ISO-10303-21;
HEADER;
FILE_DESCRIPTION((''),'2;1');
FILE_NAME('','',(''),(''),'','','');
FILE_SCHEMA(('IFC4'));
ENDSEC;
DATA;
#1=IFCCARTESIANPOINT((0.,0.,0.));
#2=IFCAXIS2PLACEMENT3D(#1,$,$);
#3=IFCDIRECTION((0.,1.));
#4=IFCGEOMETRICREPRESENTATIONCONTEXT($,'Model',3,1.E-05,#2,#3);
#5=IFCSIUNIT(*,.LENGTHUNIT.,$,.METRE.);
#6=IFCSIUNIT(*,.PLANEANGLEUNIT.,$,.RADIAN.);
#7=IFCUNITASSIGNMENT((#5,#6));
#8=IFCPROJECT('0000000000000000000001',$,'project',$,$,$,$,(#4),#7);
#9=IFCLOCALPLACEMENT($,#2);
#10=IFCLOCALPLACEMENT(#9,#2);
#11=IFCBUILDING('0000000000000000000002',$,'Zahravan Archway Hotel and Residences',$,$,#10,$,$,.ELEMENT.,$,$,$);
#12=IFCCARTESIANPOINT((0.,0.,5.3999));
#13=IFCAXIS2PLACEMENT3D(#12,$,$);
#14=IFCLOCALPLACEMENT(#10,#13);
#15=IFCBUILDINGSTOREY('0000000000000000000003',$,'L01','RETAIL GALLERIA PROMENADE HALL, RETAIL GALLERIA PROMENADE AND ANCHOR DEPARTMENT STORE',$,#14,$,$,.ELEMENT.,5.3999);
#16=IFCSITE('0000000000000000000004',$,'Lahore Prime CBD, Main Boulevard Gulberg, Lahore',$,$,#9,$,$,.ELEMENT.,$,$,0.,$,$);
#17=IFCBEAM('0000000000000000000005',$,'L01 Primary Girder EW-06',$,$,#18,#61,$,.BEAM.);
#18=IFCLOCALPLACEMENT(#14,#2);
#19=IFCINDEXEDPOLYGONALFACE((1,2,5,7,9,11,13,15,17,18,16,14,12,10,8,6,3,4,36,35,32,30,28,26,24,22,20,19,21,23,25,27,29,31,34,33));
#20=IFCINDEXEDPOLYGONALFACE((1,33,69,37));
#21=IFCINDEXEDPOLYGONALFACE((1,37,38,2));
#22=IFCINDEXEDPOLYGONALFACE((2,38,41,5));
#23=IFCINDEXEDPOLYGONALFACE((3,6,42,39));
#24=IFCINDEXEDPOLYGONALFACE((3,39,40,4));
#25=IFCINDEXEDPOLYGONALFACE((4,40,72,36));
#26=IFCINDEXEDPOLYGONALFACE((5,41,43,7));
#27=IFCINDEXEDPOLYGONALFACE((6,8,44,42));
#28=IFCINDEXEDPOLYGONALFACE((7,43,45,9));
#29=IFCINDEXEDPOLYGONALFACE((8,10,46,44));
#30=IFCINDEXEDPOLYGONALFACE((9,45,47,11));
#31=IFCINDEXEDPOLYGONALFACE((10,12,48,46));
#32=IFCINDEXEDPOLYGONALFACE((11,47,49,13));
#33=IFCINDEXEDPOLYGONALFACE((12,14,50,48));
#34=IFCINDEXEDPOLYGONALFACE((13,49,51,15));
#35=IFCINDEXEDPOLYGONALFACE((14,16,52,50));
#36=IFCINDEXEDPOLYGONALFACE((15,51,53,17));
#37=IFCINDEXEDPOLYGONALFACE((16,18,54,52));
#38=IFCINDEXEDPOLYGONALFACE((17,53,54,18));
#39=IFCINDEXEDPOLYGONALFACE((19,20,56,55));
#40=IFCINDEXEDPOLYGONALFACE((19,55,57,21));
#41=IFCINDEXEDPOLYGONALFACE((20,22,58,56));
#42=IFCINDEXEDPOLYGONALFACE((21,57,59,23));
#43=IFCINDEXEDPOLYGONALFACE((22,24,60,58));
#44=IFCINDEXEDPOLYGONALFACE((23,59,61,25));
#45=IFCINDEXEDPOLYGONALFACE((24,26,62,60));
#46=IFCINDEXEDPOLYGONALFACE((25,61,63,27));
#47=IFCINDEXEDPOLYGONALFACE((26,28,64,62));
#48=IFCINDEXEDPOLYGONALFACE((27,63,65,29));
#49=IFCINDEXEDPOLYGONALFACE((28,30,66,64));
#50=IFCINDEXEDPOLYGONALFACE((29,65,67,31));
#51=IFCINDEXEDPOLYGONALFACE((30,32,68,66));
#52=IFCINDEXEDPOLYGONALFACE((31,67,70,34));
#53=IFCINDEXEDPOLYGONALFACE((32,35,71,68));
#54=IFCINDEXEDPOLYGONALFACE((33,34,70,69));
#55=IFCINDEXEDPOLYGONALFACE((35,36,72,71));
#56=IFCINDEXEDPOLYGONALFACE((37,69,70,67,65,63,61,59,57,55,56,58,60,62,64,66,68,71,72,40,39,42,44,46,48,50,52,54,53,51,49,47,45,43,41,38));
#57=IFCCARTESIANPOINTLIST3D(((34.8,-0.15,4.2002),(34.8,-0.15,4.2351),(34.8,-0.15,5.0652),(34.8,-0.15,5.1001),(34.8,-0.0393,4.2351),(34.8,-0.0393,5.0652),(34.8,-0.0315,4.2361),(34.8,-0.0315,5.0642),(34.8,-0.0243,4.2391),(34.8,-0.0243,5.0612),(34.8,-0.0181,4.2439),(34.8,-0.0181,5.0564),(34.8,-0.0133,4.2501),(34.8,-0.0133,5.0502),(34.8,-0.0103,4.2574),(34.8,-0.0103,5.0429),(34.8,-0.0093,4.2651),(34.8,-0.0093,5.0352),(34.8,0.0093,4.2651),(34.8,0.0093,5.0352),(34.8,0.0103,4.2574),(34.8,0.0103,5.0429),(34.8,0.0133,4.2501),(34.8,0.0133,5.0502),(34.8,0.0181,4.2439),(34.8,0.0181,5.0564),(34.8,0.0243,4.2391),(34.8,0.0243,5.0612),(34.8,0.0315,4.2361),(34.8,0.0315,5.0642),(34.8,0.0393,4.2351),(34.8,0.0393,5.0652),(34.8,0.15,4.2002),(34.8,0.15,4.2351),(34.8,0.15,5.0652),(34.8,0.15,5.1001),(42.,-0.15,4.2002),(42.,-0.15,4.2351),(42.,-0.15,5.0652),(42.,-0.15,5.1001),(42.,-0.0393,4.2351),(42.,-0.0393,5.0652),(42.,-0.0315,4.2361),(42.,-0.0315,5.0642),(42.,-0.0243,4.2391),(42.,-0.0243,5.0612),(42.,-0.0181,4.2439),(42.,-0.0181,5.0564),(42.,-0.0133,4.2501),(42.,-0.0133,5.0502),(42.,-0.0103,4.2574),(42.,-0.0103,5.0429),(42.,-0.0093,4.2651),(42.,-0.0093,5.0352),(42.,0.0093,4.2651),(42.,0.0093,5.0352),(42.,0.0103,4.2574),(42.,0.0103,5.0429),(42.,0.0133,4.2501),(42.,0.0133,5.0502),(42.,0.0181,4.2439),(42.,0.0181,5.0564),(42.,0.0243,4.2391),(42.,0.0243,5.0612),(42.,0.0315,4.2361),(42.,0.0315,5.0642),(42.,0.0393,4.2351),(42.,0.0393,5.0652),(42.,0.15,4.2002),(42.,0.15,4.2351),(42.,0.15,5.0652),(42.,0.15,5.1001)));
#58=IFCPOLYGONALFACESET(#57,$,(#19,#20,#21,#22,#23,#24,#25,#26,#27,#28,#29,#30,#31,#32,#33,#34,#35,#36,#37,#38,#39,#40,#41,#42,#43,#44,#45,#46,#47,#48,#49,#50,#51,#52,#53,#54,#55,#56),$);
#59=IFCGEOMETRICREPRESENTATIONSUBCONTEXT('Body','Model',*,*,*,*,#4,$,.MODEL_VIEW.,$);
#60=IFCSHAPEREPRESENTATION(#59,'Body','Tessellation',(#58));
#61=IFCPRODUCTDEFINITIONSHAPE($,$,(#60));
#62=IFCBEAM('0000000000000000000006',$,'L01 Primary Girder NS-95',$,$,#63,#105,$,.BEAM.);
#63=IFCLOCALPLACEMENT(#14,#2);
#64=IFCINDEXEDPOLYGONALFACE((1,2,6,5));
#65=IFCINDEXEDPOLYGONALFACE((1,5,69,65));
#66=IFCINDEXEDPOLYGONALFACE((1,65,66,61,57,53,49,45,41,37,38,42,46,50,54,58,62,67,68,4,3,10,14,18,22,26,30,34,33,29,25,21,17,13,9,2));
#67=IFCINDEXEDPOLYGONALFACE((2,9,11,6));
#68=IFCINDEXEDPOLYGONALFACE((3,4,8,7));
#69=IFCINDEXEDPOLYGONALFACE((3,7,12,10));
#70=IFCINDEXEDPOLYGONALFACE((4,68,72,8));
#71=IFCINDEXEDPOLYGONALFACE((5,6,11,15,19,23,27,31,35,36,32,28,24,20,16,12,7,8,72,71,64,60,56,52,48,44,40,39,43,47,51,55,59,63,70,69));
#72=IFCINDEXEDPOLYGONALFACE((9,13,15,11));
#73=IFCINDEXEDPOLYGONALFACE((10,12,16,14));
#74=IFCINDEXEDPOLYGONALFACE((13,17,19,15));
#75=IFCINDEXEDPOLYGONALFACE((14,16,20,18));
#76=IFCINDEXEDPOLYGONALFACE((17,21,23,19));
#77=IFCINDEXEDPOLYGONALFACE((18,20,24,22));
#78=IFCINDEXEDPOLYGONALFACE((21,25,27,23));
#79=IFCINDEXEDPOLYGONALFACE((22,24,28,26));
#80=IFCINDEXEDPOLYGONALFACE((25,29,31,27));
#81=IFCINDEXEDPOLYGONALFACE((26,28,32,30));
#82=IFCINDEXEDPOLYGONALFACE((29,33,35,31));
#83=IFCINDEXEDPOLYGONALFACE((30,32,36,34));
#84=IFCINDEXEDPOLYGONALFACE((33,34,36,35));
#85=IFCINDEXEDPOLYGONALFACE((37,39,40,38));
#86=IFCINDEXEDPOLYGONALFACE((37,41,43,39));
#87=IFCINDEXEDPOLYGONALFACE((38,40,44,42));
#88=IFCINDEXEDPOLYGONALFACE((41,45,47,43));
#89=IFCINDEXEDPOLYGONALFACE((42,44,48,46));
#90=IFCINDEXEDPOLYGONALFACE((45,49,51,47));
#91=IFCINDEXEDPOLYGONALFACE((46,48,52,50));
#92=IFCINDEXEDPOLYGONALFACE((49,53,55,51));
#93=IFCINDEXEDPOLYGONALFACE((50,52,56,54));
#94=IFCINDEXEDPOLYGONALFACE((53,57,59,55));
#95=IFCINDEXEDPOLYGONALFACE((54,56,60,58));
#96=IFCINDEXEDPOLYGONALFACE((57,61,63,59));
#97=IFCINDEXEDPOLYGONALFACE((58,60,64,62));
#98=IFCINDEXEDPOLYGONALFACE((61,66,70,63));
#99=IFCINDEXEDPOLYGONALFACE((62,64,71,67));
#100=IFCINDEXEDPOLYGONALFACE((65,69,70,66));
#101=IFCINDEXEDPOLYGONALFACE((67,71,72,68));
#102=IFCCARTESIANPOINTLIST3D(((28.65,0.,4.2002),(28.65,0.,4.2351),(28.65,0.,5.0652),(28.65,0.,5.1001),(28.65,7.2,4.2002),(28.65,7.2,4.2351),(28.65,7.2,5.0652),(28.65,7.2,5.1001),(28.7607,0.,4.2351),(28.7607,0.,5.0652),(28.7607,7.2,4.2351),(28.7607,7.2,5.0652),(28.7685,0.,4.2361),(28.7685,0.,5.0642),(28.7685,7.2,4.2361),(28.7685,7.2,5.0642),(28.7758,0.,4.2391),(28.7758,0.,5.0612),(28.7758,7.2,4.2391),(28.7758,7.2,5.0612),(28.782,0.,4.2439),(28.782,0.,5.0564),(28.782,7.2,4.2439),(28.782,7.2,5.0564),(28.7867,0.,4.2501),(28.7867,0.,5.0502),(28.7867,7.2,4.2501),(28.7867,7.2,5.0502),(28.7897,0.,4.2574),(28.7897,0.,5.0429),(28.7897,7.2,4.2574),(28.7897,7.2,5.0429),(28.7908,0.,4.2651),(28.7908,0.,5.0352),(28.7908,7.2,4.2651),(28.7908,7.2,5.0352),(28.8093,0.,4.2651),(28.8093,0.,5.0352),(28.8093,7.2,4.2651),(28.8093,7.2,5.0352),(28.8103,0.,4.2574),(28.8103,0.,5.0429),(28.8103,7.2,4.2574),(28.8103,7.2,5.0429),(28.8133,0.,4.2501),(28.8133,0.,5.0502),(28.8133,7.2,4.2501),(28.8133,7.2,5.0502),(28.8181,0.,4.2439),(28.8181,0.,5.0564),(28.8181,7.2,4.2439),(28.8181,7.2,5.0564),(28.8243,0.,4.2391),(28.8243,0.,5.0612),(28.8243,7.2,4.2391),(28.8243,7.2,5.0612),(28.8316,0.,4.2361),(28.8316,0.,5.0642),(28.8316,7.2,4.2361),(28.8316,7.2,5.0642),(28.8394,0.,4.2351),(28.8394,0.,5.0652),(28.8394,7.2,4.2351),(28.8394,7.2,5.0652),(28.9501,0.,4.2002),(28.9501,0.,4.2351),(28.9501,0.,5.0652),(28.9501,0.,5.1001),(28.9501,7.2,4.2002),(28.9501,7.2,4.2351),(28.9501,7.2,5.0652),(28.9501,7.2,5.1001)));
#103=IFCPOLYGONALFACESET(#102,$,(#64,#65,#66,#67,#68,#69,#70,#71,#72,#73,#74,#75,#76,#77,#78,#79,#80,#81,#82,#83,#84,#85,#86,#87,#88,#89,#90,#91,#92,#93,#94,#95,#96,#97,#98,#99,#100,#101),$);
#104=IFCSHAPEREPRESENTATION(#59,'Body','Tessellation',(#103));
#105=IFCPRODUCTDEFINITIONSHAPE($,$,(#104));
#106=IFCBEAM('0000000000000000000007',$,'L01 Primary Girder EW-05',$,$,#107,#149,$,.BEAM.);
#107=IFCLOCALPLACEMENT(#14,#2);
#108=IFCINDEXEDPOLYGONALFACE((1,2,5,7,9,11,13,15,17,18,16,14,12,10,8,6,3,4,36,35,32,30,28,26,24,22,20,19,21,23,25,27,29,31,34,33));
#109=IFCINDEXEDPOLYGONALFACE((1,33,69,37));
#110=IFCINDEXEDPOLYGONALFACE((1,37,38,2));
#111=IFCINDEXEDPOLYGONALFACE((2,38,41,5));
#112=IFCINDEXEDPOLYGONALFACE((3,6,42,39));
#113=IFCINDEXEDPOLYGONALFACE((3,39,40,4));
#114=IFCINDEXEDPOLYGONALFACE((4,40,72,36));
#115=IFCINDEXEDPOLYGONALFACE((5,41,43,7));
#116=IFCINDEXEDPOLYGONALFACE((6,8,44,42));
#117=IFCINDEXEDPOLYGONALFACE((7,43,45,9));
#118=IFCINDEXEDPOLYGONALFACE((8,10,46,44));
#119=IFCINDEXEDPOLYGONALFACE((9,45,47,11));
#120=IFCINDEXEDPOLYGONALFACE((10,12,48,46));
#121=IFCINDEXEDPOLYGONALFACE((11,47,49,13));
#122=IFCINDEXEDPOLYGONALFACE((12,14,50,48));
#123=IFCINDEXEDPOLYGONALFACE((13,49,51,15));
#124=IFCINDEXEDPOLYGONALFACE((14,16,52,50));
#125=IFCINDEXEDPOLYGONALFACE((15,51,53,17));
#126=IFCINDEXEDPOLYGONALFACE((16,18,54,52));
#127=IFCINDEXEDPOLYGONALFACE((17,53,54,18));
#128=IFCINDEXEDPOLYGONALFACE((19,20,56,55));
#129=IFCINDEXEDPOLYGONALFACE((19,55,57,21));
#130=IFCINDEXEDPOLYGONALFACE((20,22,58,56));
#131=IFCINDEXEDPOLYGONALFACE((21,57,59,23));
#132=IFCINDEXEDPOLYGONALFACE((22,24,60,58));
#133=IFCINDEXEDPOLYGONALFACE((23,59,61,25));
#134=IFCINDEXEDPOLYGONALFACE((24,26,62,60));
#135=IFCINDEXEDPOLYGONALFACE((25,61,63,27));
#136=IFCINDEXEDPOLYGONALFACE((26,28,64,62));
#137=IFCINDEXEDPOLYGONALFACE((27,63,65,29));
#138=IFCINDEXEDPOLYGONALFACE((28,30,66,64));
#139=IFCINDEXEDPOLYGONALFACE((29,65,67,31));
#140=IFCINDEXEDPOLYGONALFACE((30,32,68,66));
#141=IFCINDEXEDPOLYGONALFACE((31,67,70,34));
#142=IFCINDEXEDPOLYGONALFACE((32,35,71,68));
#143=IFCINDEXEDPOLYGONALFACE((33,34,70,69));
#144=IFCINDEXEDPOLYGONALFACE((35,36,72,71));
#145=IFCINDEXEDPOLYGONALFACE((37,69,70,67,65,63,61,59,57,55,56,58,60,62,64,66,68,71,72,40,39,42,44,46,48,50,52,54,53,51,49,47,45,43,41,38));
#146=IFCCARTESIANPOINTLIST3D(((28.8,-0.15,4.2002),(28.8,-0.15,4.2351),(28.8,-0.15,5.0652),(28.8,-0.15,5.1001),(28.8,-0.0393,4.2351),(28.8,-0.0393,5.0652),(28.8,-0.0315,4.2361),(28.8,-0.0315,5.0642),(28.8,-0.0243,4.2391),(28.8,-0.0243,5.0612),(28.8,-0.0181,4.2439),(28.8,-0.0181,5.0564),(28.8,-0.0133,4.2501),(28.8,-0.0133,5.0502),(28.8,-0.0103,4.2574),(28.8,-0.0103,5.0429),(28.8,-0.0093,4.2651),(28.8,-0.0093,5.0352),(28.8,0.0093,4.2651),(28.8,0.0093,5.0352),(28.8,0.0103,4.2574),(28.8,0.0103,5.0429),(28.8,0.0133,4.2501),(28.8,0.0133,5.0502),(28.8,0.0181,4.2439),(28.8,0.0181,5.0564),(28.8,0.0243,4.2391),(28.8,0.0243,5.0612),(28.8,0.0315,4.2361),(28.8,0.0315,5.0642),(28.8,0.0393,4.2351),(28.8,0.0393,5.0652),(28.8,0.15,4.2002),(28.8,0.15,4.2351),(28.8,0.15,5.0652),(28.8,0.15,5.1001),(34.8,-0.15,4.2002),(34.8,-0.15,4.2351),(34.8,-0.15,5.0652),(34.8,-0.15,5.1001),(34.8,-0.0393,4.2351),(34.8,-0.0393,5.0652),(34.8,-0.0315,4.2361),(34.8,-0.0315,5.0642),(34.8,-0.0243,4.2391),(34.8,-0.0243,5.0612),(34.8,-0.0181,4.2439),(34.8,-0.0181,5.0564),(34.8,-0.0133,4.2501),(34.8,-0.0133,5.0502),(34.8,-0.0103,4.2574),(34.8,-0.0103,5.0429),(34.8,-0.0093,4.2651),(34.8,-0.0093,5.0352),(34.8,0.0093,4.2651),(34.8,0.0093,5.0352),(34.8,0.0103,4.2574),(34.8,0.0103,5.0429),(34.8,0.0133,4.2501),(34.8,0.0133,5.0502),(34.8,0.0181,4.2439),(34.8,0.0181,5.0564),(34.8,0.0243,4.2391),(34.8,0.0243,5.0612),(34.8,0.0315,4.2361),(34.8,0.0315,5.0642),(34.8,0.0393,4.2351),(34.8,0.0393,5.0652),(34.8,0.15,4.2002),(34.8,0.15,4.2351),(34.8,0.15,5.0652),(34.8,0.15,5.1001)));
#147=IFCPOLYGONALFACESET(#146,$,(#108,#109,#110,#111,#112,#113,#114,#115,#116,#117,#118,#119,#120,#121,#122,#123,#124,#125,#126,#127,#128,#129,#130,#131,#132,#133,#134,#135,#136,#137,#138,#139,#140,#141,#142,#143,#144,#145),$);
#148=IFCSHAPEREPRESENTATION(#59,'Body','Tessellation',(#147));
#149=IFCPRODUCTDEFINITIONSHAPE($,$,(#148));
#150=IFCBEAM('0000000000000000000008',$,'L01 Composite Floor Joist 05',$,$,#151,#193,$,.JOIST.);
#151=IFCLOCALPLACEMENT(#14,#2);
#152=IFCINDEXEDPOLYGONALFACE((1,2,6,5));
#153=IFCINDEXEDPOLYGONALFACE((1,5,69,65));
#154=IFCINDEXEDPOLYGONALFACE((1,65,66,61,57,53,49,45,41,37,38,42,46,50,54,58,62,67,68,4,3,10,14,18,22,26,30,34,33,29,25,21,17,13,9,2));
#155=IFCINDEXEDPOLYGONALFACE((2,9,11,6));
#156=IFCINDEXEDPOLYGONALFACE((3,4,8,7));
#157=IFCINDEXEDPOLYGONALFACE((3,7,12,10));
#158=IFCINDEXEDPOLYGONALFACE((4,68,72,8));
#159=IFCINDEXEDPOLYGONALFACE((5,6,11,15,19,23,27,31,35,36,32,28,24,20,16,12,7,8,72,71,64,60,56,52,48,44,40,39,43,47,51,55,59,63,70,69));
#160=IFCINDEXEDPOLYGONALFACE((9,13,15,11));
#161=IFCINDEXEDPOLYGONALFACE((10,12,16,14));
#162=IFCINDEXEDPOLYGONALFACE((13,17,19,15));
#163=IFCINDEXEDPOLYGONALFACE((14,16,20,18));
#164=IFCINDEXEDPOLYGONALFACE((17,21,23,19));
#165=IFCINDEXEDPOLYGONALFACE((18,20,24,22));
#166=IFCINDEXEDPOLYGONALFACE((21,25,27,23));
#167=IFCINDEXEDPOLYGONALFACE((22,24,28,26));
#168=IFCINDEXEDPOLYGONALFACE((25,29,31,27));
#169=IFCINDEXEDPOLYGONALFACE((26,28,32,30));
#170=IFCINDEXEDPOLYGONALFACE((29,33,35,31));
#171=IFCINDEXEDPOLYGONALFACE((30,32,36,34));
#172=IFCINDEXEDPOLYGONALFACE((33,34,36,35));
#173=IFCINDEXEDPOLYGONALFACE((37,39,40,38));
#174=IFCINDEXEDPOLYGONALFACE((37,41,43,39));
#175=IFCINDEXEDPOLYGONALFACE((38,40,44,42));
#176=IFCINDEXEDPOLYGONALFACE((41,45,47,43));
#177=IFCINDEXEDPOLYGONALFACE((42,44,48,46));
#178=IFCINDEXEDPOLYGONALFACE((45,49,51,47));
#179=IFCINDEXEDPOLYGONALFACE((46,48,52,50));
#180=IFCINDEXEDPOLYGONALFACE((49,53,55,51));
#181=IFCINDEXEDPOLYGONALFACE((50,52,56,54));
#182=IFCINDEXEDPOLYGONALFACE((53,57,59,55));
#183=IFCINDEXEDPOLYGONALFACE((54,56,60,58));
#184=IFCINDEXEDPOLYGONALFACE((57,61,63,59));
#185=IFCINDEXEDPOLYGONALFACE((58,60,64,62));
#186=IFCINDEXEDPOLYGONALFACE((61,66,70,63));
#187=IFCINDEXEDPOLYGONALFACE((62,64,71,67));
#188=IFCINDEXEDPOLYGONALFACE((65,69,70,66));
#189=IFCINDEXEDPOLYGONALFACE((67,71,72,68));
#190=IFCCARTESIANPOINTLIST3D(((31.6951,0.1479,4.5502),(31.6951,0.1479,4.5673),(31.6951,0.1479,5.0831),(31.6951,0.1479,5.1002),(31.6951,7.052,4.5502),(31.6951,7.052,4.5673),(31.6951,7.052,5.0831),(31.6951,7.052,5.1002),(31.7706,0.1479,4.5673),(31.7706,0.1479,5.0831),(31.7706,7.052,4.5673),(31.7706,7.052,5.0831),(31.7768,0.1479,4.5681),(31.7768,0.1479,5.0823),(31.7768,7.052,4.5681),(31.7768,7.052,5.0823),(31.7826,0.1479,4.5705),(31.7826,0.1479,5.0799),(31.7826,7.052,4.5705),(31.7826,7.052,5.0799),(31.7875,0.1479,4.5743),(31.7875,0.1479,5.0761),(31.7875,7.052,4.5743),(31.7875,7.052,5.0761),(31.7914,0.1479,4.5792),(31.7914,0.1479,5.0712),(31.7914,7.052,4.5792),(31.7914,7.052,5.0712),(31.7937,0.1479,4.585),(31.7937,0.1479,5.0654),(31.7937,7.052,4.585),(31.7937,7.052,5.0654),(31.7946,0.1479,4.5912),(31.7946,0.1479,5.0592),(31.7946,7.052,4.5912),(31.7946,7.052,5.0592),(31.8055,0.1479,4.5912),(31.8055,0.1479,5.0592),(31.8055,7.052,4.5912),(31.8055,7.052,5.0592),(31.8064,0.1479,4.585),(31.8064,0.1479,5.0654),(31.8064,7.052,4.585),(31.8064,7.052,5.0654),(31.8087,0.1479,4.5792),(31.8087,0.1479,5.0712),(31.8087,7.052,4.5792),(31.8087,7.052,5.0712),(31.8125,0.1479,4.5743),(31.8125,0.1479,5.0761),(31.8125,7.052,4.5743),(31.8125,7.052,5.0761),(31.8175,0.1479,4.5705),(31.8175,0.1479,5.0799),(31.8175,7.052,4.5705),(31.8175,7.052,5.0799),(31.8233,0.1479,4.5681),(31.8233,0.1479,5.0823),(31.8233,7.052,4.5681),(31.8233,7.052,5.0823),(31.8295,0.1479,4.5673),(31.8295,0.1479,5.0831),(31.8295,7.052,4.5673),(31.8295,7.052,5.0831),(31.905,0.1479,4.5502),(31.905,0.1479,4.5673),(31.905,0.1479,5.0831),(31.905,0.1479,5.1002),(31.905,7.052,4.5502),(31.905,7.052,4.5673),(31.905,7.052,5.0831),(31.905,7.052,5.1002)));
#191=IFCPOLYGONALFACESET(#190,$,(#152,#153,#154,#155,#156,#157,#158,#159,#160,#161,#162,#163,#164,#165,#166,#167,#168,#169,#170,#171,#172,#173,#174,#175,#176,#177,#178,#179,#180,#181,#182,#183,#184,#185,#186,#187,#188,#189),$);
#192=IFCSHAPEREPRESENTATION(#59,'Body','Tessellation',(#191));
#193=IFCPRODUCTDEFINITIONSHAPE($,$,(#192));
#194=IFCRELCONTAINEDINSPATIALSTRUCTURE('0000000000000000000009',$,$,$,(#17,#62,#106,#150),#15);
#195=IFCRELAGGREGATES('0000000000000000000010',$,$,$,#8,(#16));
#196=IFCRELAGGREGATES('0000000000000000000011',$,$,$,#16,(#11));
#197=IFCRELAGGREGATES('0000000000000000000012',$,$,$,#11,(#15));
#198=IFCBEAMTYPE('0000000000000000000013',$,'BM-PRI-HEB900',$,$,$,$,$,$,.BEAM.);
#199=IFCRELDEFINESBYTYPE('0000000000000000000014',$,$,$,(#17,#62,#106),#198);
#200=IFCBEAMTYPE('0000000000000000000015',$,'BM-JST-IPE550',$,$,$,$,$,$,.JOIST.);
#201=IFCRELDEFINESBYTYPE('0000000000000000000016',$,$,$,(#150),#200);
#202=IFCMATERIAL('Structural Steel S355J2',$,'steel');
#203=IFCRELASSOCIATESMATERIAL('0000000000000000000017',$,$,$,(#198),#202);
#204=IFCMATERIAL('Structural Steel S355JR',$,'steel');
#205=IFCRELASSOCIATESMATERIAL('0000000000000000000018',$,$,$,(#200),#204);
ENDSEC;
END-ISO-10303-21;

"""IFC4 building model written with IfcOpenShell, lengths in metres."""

from ifc_helpers import new_model, si_unit, direction, frame, origin, origin_2d, place, context, subcontext, project, spatial, i_section, extrude, source, transform, mapped, material, material_profile, profile_set, type_object, type_shapes, element, save


model = new_model("IFC4")

# Units and contexts
model_context = context("Model", 3, precision=1e-05, world=origin(), true_north=direction((0.0, 1.0)))
body_context = subcontext(model_context, "Body", "Model", "MODEL_VIEW")
ifc_project = project(units=[si_unit("LENGTHUNIT", "METRE"), si_unit("PLANEANGLEUNIT", "RADIAN")], contexts=[model_context])

# Site, building, storey
site_placement = place(None, origin())
site = spatial("IfcSite", under=ifc_project, at=site_placement, Name="Lahore Prime CBD, Main Boulevard Gulberg, Lahore", CompositionType="ELEMENT", RefElevation=0.0)
building_placement = place(site_placement, origin())
building = spatial("IfcBuilding", under=site, at=building_placement, Name="Zahravan Archway Hotel and Residences", CompositionType="ELEMENT")
storey_placement = place(building_placement, frame((0.0, 0.0, 5.3999)))
storey = spatial("IfcBuildingStorey", under=building, at=storey_placement, Name="L01", Description="RETAIL GALLERIA PROMENADE HALL, RETAIL GALLERIA PROMENADE AND ANCHOR DEPARTMENT STORE", CompositionType="ELEMENT", Elevation=5.3999)

# Beams
ifc_material_1 = material(Name="Structural Steel S355J2", Category="steel")
ifc_material_profile_1 = material_profile(ifc_material_1, i_section(OverallWidth=0.3, OverallDepth=0.8999, WebThickness=0.0186, FlangeThickness=0.0349, FilletRadius=0.03, at=origin_2d()), Name="HEB 900", Category="steel")
ifc_profile_set_1 = profile_set([ifc_material_profile_1], Name="Structural Steel S355J2")
beam_type_1 = type_object("IfcBeamType", Name="BM-PRI-HEB900", PredefinedType="BEAM", material=ifc_profile_set_1)
shared_shape_1 = source(origin(), body_context, "Body", "SweptSolid", [
    extrude(i_section(OverallWidth=0.3, OverallDepth=0.8999, WebThickness=0.0186, FlangeThickness=0.0349, FilletRadius=0.03, at=origin_2d()), origin(), (0.0, 0.0, 1.0), 7.2),
])
for number, where, z_axis, x_axis, name in (
    (1, (34.8, 0.0, 4.6501), (1.0, 0.0, 0.0), (0.0, 1.0, 0.0), "L01 Primary Girder EW-06"),
    (2, (28.8, 0.0, 4.6501), (0.0, 1.0, 0.0), (-1.0, 0.0, 0.0), "L01 Primary Girder NS-95"),
):
    element("IfcBeam", number, at=place(storey_placement, frame(where, z_axis=z_axis, x_axis=x_axis)), inside=storey, type_object=beam_type_1, Name=name, PredefinedType="BEAM", context=body_context, shape_type="MappedRepresentation", body=[
        mapped(shared_shape_1, transform((0.0, 0.0, 0.0), scale=1.0)),
    ])
shared_shape_2 = source(origin(), body_context, "Body", "SweptSolid", [
    extrude(i_section(OverallWidth=0.3, OverallDepth=0.8999, WebThickness=0.0186, FlangeThickness=0.0349, FilletRadius=0.03, at=origin_2d()), origin(), (0.0, 0.0, 1.0), 6.0),
])
beam_1_placement = place(storey_placement, frame((28.8, 0.0, 4.6501), z_axis=(1.0, 0.0, 0.0), x_axis=(0.0, 1.0, 0.0)))
element("IfcBeam", 3, at=beam_1_placement, inside=storey, type_object=beam_type_1, Name="L01 Primary Girder EW-05", PredefinedType="BEAM", context=body_context, shape_type="MappedRepresentation", body=[
    mapped(shared_shape_2, transform((0.0, 0.0, 0.0), scale=1.0)),
])
ifc_material_2 = material(Name="Structural Steel S355JR", Category="steel")
ifc_material_profile_2 = material_profile(ifc_material_2, i_section(OverallWidth=0.21, OverallDepth=0.55, WebThickness=0.011, FlangeThickness=0.0171, FilletRadius=0.0239, at=origin_2d()), Name="IPE 550", Category="steel")
ifc_profile_set_2 = profile_set([ifc_material_profile_2], Name="Structural Steel S355JR")
beam_type_2 = type_object("IfcBeamType", Name="BM-JST-IPE550", PredefinedType="JOIST", material=ifc_profile_set_2)
shared_shape_3 = source(origin(), body_context, "Body", "SweptSolid", [
    extrude(i_section(OverallWidth=0.21, OverallDepth=0.55, WebThickness=0.011, FlangeThickness=0.0171, FilletRadius=0.0239, at=origin_2d()), origin(), (0.0, 0.0, 1.0), 6.9041),
])
type_shapes(beam_type_2, [shared_shape_3])
beam_2_placement = place(storey_placement, frame((31.8, 0.1479, 4.8252), z_axis=(0.0, 1.0, 0.0), x_axis=(-1.0, 0.0, 0.0)))
element("IfcBeam", 4, at=beam_2_placement, inside=storey, type_object=beam_type_2, Name="L01 Composite Floor Joist 05", PredefinedType="JOIST", context=body_context, shape_type="MappedRepresentation", body=[
    mapped(shared_shape_3, transform((0.0, 0.0, 0.0), scale=1.0)),
])

save(model, "model.ifc")
